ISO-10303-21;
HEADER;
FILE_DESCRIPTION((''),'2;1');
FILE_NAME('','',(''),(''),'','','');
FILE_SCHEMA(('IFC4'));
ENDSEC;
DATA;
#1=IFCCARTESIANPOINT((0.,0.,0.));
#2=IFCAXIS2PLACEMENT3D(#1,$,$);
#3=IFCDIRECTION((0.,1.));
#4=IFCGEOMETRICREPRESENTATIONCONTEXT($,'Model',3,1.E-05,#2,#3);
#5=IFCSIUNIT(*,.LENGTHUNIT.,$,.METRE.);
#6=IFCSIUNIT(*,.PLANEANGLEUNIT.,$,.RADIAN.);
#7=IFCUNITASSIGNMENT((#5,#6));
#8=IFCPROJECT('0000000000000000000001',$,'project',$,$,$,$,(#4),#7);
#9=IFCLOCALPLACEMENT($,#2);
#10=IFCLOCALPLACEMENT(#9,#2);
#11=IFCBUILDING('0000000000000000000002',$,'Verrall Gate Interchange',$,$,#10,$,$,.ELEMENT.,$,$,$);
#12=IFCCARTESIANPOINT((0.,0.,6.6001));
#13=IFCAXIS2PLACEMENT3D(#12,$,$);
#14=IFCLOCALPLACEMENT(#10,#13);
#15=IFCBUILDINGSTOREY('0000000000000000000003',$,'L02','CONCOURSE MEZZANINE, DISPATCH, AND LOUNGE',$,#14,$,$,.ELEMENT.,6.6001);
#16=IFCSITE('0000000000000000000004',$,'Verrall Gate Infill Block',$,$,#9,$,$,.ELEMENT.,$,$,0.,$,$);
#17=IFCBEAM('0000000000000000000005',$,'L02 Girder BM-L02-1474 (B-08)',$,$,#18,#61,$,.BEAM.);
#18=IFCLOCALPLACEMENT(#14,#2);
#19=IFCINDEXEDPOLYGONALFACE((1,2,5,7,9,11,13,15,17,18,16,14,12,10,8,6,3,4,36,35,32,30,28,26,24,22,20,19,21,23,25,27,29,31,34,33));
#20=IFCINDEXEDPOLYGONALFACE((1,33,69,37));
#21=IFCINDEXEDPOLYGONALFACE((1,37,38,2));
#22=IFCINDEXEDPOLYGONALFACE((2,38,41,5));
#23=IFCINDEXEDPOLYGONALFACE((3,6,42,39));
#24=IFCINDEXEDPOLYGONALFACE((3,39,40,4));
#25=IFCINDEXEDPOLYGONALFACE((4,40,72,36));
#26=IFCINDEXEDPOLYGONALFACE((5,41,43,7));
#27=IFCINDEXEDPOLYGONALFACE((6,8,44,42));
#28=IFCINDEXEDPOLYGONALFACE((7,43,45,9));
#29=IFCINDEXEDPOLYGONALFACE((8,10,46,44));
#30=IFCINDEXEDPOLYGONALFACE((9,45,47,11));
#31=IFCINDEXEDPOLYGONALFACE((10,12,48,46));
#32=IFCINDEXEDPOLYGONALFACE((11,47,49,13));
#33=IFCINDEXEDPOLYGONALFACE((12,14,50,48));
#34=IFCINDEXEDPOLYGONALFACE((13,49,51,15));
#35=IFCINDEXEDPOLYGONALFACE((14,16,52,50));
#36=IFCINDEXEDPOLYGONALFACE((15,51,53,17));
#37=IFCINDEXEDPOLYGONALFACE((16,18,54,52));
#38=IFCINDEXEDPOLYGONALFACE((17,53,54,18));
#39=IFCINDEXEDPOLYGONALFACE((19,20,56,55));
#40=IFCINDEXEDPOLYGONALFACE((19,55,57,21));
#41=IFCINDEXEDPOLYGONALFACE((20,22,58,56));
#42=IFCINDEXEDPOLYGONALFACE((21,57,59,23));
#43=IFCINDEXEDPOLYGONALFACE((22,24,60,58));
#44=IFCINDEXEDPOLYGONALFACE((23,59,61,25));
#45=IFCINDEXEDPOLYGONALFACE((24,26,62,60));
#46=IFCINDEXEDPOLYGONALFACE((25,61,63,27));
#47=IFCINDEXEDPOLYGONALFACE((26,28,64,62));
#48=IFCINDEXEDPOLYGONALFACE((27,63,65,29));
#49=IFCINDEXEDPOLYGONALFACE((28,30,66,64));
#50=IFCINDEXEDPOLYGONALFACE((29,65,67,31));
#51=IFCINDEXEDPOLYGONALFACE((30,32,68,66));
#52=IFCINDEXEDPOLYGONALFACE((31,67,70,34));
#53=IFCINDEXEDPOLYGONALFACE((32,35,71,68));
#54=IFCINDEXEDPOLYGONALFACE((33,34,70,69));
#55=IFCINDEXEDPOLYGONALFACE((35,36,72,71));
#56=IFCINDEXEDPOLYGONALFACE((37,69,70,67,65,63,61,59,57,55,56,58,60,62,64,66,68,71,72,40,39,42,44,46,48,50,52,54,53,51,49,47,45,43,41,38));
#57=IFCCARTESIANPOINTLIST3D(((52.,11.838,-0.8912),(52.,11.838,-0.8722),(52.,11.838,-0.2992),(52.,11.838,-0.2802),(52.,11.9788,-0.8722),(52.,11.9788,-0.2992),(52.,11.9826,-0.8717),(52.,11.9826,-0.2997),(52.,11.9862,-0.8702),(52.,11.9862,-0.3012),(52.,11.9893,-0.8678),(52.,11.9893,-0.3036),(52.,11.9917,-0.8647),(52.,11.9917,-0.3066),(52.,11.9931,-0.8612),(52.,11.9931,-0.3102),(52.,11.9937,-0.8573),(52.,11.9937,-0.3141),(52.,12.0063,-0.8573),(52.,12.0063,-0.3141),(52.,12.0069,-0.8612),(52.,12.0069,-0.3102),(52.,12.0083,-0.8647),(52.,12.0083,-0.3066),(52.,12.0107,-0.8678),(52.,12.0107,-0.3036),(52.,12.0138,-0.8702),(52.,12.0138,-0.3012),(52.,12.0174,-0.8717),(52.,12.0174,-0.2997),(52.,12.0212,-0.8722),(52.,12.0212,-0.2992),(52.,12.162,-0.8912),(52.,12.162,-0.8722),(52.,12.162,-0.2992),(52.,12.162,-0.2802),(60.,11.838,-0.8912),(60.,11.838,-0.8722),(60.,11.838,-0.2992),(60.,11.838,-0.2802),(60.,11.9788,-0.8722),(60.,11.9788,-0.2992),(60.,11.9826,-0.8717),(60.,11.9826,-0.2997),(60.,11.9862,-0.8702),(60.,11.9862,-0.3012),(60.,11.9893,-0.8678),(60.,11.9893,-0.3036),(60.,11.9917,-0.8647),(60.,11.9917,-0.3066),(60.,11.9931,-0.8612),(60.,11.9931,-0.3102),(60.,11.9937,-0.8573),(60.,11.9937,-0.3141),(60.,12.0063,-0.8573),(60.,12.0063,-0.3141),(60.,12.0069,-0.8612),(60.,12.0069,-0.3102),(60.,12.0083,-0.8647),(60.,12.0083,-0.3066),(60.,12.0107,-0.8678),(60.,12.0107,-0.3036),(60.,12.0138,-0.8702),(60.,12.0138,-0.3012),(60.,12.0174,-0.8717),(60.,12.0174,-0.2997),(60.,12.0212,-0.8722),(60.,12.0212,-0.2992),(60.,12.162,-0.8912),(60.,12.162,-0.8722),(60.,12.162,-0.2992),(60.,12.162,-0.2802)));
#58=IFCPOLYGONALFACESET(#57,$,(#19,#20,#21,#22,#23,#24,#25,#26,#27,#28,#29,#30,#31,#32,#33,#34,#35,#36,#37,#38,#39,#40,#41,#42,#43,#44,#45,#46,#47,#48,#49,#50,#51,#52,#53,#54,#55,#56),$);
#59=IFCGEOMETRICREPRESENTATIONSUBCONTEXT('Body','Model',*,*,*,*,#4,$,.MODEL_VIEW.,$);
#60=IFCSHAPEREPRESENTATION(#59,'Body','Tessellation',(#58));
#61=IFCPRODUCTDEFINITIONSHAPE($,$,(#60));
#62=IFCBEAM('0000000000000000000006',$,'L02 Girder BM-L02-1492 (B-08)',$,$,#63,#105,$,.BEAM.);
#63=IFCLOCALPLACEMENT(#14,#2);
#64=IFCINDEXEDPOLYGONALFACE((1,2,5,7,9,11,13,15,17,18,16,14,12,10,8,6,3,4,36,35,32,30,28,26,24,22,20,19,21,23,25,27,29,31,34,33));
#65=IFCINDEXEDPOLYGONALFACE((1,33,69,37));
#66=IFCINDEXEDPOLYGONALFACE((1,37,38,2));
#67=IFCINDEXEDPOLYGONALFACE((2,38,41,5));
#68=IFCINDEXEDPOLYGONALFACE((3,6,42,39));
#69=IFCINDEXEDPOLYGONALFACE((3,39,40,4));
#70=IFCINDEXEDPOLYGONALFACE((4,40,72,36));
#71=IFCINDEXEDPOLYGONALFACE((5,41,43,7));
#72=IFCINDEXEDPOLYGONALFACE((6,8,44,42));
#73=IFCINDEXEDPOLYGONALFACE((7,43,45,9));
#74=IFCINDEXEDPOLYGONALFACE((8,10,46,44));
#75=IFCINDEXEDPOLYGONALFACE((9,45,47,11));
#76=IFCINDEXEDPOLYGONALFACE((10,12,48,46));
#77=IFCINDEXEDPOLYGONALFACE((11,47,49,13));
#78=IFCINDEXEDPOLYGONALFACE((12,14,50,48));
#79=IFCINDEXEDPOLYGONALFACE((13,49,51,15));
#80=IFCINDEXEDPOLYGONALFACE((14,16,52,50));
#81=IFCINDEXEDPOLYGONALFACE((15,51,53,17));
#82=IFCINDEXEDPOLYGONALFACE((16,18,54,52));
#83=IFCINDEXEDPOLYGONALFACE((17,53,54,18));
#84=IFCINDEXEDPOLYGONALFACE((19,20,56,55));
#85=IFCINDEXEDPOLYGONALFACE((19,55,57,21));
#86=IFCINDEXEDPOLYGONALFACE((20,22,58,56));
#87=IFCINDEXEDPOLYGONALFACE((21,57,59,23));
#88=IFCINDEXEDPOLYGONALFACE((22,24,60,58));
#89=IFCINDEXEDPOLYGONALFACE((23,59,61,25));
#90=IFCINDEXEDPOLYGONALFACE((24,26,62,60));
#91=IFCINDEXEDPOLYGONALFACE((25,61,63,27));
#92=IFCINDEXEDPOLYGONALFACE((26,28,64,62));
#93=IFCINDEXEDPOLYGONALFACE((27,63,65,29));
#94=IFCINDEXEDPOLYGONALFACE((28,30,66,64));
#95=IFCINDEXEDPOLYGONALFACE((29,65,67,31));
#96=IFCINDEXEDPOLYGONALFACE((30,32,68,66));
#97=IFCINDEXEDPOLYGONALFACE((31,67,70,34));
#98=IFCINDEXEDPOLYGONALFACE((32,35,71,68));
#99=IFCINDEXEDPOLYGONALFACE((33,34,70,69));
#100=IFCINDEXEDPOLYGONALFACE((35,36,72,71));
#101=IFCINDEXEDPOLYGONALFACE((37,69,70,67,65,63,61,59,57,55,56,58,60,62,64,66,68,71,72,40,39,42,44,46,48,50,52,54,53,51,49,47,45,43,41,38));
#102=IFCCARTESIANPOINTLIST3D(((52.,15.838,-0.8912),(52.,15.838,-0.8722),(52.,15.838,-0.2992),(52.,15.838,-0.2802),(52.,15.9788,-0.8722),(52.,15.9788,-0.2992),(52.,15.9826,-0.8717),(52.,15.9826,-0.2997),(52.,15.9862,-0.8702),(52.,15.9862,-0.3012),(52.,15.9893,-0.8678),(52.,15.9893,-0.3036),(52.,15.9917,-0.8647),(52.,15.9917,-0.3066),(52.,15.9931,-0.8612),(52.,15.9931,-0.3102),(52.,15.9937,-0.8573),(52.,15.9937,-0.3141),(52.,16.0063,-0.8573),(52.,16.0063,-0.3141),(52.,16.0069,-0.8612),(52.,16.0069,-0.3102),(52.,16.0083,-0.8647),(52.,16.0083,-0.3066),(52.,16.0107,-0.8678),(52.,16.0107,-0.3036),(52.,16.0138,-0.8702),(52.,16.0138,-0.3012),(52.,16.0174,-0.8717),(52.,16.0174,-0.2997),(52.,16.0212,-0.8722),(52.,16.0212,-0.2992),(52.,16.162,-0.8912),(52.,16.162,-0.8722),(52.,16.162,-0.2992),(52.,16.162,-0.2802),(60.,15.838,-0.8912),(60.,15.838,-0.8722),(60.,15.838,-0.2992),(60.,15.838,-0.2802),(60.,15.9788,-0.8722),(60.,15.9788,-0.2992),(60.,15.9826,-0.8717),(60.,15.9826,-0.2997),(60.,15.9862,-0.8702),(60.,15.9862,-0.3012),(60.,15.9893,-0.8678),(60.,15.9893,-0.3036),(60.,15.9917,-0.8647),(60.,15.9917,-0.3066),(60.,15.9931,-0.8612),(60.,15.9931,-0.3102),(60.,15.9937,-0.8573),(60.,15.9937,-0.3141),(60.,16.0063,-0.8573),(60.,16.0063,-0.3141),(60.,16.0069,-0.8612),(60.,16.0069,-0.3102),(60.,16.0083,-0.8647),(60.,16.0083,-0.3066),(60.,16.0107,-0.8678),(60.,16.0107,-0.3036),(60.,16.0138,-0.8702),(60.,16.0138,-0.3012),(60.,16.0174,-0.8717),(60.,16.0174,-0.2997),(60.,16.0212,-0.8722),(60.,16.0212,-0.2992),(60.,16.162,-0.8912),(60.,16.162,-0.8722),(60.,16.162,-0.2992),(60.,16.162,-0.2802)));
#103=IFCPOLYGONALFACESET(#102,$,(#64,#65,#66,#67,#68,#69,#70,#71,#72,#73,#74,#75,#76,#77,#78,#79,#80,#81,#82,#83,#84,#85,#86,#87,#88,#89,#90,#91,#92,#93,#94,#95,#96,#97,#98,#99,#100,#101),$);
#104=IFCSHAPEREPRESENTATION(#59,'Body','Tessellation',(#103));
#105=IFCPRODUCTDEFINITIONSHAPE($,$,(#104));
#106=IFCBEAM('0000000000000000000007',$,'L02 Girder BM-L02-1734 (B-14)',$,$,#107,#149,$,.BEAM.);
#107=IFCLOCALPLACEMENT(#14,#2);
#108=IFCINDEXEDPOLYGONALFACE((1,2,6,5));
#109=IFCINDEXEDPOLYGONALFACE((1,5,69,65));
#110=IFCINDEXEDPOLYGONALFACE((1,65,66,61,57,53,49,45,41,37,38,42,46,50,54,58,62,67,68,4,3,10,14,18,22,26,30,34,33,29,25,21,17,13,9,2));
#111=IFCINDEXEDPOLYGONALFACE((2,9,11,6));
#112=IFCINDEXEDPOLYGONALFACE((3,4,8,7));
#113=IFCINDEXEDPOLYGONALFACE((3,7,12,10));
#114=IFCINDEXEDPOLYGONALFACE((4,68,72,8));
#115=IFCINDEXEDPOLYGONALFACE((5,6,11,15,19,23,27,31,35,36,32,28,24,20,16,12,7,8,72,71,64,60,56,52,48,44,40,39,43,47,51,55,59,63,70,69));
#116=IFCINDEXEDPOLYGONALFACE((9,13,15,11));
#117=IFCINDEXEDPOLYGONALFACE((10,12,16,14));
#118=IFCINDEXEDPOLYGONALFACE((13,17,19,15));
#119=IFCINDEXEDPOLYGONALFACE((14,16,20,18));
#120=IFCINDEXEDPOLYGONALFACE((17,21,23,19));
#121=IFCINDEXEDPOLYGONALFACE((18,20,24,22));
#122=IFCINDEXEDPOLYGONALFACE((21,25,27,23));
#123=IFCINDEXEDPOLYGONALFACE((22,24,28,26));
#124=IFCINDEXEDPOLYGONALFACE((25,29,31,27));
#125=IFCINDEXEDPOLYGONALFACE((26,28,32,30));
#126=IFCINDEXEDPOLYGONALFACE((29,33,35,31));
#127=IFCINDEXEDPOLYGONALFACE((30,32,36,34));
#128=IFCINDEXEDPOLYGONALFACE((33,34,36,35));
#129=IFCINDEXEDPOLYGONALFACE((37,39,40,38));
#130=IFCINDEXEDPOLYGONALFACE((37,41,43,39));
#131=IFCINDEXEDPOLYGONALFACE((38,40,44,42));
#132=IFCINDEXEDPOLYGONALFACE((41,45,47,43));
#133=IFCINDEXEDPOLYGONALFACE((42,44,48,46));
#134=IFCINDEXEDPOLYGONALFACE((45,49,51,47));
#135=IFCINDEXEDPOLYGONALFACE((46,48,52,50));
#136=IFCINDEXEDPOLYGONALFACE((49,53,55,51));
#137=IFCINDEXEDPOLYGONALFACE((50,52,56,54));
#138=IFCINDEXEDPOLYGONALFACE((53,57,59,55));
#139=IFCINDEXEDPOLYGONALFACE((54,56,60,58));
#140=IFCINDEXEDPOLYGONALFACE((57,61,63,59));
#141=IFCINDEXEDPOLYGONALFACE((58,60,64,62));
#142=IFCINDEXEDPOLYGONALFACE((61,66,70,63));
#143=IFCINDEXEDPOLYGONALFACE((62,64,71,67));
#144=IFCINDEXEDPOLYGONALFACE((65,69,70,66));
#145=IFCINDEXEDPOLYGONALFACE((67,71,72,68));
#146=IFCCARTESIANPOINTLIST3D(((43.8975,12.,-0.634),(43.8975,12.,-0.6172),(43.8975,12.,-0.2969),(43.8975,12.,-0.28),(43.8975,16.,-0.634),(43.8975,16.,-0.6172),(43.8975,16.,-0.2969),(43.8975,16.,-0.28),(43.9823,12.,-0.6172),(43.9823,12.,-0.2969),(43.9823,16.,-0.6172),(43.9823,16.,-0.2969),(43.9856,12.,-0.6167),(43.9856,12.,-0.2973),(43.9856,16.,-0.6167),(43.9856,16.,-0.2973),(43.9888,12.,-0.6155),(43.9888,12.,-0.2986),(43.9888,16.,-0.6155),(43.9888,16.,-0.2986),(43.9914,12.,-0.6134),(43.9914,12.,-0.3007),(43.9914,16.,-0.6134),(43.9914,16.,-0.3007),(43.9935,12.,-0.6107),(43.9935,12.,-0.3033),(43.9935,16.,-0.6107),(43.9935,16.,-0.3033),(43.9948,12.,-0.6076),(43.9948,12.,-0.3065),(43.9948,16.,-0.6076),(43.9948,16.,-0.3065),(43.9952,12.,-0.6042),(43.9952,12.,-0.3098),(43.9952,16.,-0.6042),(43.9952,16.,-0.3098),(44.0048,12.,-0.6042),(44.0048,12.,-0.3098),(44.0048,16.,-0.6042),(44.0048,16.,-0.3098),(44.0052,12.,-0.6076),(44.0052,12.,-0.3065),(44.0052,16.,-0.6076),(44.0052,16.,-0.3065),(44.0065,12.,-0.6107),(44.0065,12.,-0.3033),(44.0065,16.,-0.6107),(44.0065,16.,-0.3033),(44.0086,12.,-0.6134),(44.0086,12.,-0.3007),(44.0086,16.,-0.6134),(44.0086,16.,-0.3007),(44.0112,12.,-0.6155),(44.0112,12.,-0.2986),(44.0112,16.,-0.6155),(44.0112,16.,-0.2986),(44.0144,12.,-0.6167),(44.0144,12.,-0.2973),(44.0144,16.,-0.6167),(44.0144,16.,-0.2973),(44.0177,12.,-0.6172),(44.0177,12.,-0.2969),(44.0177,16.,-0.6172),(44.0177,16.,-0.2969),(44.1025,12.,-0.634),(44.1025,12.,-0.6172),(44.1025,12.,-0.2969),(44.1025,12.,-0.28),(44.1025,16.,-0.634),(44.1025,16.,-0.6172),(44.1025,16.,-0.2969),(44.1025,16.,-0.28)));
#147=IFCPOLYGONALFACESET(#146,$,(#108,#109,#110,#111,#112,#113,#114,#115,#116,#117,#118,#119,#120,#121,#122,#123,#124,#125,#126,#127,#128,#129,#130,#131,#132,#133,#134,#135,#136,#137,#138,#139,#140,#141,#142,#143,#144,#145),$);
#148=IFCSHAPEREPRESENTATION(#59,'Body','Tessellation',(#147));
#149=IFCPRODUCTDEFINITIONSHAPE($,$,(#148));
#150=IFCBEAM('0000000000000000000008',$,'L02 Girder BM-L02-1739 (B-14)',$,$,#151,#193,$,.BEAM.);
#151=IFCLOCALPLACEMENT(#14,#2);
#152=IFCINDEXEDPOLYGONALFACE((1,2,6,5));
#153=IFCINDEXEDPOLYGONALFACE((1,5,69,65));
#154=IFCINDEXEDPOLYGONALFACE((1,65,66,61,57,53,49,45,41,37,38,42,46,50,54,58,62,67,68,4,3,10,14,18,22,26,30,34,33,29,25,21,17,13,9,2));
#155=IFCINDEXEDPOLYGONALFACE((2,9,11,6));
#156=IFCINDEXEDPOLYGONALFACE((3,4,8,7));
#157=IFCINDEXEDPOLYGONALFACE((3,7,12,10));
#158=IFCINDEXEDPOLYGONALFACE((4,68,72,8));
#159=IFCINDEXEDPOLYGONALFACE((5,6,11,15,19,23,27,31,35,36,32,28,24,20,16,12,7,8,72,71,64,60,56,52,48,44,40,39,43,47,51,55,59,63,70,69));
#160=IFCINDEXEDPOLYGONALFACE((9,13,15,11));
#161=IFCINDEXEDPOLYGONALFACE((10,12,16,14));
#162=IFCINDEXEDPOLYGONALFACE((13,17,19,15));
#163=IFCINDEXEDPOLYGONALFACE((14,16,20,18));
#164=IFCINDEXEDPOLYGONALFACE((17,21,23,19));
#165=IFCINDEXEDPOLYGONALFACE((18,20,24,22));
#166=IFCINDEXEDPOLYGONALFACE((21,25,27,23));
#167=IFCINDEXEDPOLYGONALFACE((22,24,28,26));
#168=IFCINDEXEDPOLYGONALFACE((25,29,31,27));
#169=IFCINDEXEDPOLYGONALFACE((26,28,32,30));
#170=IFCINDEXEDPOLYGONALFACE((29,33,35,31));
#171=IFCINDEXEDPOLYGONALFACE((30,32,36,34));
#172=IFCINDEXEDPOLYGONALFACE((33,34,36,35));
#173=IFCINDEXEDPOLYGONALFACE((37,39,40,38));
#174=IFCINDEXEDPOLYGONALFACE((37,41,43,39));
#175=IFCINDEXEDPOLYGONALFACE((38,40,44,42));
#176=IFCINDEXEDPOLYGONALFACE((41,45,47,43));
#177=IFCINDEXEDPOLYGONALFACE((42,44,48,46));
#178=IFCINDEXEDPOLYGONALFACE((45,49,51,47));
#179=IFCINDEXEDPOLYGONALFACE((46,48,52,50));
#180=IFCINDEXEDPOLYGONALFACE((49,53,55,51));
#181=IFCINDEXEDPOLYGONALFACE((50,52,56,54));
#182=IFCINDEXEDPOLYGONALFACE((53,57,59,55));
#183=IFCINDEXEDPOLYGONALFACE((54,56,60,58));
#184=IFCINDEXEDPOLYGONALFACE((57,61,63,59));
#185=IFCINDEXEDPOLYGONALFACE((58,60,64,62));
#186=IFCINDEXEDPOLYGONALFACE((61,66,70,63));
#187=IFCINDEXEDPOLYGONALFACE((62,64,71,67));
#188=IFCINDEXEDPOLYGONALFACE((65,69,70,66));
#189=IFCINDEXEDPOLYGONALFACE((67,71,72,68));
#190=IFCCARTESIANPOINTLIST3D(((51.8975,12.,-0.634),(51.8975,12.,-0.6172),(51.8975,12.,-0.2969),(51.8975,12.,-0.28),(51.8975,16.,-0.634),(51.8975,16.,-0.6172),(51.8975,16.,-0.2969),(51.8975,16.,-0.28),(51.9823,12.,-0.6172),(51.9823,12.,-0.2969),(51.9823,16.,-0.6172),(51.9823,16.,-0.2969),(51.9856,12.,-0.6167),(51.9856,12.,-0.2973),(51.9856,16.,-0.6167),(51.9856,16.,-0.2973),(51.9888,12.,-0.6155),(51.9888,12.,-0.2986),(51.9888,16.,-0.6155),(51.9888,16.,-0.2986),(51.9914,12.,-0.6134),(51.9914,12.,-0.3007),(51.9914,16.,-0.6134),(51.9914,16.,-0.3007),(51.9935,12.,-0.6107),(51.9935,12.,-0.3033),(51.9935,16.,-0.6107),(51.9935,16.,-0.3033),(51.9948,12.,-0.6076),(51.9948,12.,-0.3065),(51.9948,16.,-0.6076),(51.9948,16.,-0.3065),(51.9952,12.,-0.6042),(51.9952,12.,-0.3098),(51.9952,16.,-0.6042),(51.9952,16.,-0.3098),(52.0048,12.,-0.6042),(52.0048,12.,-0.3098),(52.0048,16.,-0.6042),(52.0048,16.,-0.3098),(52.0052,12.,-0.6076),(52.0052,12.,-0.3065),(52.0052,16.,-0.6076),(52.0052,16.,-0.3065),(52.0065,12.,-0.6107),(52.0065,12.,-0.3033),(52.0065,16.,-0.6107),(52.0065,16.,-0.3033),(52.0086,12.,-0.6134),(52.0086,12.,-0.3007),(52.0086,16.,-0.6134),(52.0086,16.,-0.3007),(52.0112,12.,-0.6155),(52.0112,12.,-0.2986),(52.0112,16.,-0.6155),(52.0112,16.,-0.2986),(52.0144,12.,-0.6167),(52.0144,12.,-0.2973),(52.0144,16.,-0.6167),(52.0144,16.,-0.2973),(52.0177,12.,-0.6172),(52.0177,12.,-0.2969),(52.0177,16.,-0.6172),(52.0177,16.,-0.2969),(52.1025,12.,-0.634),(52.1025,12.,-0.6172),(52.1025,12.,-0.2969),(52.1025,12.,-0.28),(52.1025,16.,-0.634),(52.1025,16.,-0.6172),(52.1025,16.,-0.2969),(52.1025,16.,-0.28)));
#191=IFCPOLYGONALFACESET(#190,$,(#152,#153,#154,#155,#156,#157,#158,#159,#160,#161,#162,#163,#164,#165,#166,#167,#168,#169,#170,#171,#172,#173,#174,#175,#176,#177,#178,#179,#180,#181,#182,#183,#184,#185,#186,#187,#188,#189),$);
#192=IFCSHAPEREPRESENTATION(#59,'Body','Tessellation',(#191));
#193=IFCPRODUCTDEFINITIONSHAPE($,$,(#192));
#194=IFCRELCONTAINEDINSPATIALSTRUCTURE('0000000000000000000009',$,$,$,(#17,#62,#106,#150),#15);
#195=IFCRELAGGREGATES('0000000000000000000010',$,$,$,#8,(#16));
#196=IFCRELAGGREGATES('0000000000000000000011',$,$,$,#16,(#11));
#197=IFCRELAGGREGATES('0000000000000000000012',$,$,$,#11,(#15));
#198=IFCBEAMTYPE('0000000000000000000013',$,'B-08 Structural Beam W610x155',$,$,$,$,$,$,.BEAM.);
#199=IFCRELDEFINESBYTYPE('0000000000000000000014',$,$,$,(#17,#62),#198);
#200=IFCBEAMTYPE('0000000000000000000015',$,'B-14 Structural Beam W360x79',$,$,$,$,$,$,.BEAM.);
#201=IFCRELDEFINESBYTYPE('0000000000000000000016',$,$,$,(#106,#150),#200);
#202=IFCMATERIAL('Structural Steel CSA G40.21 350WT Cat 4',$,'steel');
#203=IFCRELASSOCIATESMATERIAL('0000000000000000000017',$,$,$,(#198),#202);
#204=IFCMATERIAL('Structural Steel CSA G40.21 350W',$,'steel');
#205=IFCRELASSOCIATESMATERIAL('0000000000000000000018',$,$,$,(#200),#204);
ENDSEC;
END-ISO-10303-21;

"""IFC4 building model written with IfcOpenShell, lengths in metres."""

from ifc_helpers import new_model, si_unit, direction, frame, origin, origin_2d, place, context, subcontext, project, spatial, i_section, extrude, material, material_profile, profile_set, type_object, element, save


model = new_model("IFC4")

# Units and contexts
model_context = context("Model", 3, precision=1e-05, world=origin(), true_north=direction((0.0, 1.0)))
body_context = subcontext(model_context, "Body", "Model", "MODEL_VIEW")
ifc_project = project(units=[si_unit("LENGTHUNIT", "METRE"), si_unit("PLANEANGLEUNIT", "RADIAN")], contexts=[model_context])

# Site, building, storey
site_placement = place(None, origin())
site = spatial("IfcSite", under=ifc_project, at=site_placement, Name="Verrall Gate Infill Block", CompositionType="ELEMENT", RefElevation=0.0)
building_placement = place(site_placement, origin())
building = spatial("IfcBuilding", under=site, at=building_placement, Name="Verrall Gate Interchange", CompositionType="ELEMENT")
storey_placement = place(building_placement, frame((0.0, 0.0, 6.6001)))
storey = spatial("IfcBuildingStorey", under=building, at=storey_placement, Name="L02", Description="CONCOURSE MEZZANINE, DISPATCH, AND LOUNGE", CompositionType="ELEMENT", Elevation=6.6001)

# Beams
ifc_material_1 = material(Name="Structural Steel CSA G40.21 350WT Cat 4", Category="steel")
ifc_material_profile_1 = material_profile(ifc_material_1, i_section(OverallWidth=0.324, OverallDepth=0.6111, WebThickness=0.0127, FlangeThickness=0.019, FilletRadius=0.0149, at=origin_2d()), Name="W610x155")
ifc_profile_set_1 = profile_set([ifc_material_profile_1], Name="Structural Steel CSA G40.21 350WT Cat 4")
beam_type_1 = type_object("IfcBeamType", Name="B-08 Structural Beam W610x155", PredefinedType="BEAM", material=ifc_profile_set_1)
for number, where, z_axis, x_axis, name in (
    (1, (52.0, 12.0, -0.5857), (1.0, 0.0, 0.0), (0.0, 1.0, 0.0), "L02 Girder BM-L02-1474 (B-08)"),
    (2, (52.0, 16.0, -0.5857), (1.0, 0.0, 0.0), (0.0, 1.0, 0.0), "L02 Girder BM-L02-1492 (B-08)"),
):
    element("IfcBeam", number, at=place(storey_placement, frame(where, z_axis=z_axis, x_axis=x_axis)), inside=storey, type_object=beam_type_1, Name=name, PredefinedType="BEAM", context=body_context, shape_type="SweptSolid", body=[
        extrude(i_section(OverallWidth=0.324, OverallDepth=0.6111, WebThickness=0.0127, FlangeThickness=0.019, FilletRadius=0.0149, at=origin_2d()), origin(), (0.0, 0.0, 1.0), 8.0),
    ])
ifc_material_2 = material(Name="Structural Steel CSA G40.21 350W", Category="steel")
ifc_material_profile_2 = material_profile(ifc_material_2, i_section(OverallWidth=0.2051, OverallDepth=0.354, WebThickness=0.0095, FlangeThickness=0.0168, FilletRadius=0.0129, at=origin_2d()), Name="W360x79")
ifc_profile_set_2 = profile_set([ifc_material_profile_2], Name="Structural Steel CSA G40.21 350W")
beam_type_2 = type_object("IfcBeamType", Name="B-14 Structural Beam W360x79", PredefinedType="BEAM", material=ifc_profile_set_2)
for number, where, z_axis, x_axis, name in (
    (3, (44.0, 12.0, -0.457), (0.0, 1.0, 0.0), (-1.0, 0.0, 0.0), "L02 Girder BM-L02-1734 (B-14)"),
    (4, (52.0, 12.0, -0.457), (0.0, 1.0, 0.0), (-1.0, 0.0, 0.0), "L02 Girder BM-L02-1739 (B-14)"),
):
    element("IfcBeam", number, at=place(storey_placement, frame(where, z_axis=z_axis, x_axis=x_axis)), inside=storey, type_object=beam_type_2, Name=name, PredefinedType="BEAM", context=body_context, shape_type="SweptSolid", body=[
        extrude(i_section(OverallWidth=0.2051, OverallDepth=0.354, WebThickness=0.0095, FlangeThickness=0.0168, FilletRadius=0.0129, at=origin_2d()), origin(), (0.0, 0.0, 1.0), 4.0),
    ])

save(model, "model.ifc")
